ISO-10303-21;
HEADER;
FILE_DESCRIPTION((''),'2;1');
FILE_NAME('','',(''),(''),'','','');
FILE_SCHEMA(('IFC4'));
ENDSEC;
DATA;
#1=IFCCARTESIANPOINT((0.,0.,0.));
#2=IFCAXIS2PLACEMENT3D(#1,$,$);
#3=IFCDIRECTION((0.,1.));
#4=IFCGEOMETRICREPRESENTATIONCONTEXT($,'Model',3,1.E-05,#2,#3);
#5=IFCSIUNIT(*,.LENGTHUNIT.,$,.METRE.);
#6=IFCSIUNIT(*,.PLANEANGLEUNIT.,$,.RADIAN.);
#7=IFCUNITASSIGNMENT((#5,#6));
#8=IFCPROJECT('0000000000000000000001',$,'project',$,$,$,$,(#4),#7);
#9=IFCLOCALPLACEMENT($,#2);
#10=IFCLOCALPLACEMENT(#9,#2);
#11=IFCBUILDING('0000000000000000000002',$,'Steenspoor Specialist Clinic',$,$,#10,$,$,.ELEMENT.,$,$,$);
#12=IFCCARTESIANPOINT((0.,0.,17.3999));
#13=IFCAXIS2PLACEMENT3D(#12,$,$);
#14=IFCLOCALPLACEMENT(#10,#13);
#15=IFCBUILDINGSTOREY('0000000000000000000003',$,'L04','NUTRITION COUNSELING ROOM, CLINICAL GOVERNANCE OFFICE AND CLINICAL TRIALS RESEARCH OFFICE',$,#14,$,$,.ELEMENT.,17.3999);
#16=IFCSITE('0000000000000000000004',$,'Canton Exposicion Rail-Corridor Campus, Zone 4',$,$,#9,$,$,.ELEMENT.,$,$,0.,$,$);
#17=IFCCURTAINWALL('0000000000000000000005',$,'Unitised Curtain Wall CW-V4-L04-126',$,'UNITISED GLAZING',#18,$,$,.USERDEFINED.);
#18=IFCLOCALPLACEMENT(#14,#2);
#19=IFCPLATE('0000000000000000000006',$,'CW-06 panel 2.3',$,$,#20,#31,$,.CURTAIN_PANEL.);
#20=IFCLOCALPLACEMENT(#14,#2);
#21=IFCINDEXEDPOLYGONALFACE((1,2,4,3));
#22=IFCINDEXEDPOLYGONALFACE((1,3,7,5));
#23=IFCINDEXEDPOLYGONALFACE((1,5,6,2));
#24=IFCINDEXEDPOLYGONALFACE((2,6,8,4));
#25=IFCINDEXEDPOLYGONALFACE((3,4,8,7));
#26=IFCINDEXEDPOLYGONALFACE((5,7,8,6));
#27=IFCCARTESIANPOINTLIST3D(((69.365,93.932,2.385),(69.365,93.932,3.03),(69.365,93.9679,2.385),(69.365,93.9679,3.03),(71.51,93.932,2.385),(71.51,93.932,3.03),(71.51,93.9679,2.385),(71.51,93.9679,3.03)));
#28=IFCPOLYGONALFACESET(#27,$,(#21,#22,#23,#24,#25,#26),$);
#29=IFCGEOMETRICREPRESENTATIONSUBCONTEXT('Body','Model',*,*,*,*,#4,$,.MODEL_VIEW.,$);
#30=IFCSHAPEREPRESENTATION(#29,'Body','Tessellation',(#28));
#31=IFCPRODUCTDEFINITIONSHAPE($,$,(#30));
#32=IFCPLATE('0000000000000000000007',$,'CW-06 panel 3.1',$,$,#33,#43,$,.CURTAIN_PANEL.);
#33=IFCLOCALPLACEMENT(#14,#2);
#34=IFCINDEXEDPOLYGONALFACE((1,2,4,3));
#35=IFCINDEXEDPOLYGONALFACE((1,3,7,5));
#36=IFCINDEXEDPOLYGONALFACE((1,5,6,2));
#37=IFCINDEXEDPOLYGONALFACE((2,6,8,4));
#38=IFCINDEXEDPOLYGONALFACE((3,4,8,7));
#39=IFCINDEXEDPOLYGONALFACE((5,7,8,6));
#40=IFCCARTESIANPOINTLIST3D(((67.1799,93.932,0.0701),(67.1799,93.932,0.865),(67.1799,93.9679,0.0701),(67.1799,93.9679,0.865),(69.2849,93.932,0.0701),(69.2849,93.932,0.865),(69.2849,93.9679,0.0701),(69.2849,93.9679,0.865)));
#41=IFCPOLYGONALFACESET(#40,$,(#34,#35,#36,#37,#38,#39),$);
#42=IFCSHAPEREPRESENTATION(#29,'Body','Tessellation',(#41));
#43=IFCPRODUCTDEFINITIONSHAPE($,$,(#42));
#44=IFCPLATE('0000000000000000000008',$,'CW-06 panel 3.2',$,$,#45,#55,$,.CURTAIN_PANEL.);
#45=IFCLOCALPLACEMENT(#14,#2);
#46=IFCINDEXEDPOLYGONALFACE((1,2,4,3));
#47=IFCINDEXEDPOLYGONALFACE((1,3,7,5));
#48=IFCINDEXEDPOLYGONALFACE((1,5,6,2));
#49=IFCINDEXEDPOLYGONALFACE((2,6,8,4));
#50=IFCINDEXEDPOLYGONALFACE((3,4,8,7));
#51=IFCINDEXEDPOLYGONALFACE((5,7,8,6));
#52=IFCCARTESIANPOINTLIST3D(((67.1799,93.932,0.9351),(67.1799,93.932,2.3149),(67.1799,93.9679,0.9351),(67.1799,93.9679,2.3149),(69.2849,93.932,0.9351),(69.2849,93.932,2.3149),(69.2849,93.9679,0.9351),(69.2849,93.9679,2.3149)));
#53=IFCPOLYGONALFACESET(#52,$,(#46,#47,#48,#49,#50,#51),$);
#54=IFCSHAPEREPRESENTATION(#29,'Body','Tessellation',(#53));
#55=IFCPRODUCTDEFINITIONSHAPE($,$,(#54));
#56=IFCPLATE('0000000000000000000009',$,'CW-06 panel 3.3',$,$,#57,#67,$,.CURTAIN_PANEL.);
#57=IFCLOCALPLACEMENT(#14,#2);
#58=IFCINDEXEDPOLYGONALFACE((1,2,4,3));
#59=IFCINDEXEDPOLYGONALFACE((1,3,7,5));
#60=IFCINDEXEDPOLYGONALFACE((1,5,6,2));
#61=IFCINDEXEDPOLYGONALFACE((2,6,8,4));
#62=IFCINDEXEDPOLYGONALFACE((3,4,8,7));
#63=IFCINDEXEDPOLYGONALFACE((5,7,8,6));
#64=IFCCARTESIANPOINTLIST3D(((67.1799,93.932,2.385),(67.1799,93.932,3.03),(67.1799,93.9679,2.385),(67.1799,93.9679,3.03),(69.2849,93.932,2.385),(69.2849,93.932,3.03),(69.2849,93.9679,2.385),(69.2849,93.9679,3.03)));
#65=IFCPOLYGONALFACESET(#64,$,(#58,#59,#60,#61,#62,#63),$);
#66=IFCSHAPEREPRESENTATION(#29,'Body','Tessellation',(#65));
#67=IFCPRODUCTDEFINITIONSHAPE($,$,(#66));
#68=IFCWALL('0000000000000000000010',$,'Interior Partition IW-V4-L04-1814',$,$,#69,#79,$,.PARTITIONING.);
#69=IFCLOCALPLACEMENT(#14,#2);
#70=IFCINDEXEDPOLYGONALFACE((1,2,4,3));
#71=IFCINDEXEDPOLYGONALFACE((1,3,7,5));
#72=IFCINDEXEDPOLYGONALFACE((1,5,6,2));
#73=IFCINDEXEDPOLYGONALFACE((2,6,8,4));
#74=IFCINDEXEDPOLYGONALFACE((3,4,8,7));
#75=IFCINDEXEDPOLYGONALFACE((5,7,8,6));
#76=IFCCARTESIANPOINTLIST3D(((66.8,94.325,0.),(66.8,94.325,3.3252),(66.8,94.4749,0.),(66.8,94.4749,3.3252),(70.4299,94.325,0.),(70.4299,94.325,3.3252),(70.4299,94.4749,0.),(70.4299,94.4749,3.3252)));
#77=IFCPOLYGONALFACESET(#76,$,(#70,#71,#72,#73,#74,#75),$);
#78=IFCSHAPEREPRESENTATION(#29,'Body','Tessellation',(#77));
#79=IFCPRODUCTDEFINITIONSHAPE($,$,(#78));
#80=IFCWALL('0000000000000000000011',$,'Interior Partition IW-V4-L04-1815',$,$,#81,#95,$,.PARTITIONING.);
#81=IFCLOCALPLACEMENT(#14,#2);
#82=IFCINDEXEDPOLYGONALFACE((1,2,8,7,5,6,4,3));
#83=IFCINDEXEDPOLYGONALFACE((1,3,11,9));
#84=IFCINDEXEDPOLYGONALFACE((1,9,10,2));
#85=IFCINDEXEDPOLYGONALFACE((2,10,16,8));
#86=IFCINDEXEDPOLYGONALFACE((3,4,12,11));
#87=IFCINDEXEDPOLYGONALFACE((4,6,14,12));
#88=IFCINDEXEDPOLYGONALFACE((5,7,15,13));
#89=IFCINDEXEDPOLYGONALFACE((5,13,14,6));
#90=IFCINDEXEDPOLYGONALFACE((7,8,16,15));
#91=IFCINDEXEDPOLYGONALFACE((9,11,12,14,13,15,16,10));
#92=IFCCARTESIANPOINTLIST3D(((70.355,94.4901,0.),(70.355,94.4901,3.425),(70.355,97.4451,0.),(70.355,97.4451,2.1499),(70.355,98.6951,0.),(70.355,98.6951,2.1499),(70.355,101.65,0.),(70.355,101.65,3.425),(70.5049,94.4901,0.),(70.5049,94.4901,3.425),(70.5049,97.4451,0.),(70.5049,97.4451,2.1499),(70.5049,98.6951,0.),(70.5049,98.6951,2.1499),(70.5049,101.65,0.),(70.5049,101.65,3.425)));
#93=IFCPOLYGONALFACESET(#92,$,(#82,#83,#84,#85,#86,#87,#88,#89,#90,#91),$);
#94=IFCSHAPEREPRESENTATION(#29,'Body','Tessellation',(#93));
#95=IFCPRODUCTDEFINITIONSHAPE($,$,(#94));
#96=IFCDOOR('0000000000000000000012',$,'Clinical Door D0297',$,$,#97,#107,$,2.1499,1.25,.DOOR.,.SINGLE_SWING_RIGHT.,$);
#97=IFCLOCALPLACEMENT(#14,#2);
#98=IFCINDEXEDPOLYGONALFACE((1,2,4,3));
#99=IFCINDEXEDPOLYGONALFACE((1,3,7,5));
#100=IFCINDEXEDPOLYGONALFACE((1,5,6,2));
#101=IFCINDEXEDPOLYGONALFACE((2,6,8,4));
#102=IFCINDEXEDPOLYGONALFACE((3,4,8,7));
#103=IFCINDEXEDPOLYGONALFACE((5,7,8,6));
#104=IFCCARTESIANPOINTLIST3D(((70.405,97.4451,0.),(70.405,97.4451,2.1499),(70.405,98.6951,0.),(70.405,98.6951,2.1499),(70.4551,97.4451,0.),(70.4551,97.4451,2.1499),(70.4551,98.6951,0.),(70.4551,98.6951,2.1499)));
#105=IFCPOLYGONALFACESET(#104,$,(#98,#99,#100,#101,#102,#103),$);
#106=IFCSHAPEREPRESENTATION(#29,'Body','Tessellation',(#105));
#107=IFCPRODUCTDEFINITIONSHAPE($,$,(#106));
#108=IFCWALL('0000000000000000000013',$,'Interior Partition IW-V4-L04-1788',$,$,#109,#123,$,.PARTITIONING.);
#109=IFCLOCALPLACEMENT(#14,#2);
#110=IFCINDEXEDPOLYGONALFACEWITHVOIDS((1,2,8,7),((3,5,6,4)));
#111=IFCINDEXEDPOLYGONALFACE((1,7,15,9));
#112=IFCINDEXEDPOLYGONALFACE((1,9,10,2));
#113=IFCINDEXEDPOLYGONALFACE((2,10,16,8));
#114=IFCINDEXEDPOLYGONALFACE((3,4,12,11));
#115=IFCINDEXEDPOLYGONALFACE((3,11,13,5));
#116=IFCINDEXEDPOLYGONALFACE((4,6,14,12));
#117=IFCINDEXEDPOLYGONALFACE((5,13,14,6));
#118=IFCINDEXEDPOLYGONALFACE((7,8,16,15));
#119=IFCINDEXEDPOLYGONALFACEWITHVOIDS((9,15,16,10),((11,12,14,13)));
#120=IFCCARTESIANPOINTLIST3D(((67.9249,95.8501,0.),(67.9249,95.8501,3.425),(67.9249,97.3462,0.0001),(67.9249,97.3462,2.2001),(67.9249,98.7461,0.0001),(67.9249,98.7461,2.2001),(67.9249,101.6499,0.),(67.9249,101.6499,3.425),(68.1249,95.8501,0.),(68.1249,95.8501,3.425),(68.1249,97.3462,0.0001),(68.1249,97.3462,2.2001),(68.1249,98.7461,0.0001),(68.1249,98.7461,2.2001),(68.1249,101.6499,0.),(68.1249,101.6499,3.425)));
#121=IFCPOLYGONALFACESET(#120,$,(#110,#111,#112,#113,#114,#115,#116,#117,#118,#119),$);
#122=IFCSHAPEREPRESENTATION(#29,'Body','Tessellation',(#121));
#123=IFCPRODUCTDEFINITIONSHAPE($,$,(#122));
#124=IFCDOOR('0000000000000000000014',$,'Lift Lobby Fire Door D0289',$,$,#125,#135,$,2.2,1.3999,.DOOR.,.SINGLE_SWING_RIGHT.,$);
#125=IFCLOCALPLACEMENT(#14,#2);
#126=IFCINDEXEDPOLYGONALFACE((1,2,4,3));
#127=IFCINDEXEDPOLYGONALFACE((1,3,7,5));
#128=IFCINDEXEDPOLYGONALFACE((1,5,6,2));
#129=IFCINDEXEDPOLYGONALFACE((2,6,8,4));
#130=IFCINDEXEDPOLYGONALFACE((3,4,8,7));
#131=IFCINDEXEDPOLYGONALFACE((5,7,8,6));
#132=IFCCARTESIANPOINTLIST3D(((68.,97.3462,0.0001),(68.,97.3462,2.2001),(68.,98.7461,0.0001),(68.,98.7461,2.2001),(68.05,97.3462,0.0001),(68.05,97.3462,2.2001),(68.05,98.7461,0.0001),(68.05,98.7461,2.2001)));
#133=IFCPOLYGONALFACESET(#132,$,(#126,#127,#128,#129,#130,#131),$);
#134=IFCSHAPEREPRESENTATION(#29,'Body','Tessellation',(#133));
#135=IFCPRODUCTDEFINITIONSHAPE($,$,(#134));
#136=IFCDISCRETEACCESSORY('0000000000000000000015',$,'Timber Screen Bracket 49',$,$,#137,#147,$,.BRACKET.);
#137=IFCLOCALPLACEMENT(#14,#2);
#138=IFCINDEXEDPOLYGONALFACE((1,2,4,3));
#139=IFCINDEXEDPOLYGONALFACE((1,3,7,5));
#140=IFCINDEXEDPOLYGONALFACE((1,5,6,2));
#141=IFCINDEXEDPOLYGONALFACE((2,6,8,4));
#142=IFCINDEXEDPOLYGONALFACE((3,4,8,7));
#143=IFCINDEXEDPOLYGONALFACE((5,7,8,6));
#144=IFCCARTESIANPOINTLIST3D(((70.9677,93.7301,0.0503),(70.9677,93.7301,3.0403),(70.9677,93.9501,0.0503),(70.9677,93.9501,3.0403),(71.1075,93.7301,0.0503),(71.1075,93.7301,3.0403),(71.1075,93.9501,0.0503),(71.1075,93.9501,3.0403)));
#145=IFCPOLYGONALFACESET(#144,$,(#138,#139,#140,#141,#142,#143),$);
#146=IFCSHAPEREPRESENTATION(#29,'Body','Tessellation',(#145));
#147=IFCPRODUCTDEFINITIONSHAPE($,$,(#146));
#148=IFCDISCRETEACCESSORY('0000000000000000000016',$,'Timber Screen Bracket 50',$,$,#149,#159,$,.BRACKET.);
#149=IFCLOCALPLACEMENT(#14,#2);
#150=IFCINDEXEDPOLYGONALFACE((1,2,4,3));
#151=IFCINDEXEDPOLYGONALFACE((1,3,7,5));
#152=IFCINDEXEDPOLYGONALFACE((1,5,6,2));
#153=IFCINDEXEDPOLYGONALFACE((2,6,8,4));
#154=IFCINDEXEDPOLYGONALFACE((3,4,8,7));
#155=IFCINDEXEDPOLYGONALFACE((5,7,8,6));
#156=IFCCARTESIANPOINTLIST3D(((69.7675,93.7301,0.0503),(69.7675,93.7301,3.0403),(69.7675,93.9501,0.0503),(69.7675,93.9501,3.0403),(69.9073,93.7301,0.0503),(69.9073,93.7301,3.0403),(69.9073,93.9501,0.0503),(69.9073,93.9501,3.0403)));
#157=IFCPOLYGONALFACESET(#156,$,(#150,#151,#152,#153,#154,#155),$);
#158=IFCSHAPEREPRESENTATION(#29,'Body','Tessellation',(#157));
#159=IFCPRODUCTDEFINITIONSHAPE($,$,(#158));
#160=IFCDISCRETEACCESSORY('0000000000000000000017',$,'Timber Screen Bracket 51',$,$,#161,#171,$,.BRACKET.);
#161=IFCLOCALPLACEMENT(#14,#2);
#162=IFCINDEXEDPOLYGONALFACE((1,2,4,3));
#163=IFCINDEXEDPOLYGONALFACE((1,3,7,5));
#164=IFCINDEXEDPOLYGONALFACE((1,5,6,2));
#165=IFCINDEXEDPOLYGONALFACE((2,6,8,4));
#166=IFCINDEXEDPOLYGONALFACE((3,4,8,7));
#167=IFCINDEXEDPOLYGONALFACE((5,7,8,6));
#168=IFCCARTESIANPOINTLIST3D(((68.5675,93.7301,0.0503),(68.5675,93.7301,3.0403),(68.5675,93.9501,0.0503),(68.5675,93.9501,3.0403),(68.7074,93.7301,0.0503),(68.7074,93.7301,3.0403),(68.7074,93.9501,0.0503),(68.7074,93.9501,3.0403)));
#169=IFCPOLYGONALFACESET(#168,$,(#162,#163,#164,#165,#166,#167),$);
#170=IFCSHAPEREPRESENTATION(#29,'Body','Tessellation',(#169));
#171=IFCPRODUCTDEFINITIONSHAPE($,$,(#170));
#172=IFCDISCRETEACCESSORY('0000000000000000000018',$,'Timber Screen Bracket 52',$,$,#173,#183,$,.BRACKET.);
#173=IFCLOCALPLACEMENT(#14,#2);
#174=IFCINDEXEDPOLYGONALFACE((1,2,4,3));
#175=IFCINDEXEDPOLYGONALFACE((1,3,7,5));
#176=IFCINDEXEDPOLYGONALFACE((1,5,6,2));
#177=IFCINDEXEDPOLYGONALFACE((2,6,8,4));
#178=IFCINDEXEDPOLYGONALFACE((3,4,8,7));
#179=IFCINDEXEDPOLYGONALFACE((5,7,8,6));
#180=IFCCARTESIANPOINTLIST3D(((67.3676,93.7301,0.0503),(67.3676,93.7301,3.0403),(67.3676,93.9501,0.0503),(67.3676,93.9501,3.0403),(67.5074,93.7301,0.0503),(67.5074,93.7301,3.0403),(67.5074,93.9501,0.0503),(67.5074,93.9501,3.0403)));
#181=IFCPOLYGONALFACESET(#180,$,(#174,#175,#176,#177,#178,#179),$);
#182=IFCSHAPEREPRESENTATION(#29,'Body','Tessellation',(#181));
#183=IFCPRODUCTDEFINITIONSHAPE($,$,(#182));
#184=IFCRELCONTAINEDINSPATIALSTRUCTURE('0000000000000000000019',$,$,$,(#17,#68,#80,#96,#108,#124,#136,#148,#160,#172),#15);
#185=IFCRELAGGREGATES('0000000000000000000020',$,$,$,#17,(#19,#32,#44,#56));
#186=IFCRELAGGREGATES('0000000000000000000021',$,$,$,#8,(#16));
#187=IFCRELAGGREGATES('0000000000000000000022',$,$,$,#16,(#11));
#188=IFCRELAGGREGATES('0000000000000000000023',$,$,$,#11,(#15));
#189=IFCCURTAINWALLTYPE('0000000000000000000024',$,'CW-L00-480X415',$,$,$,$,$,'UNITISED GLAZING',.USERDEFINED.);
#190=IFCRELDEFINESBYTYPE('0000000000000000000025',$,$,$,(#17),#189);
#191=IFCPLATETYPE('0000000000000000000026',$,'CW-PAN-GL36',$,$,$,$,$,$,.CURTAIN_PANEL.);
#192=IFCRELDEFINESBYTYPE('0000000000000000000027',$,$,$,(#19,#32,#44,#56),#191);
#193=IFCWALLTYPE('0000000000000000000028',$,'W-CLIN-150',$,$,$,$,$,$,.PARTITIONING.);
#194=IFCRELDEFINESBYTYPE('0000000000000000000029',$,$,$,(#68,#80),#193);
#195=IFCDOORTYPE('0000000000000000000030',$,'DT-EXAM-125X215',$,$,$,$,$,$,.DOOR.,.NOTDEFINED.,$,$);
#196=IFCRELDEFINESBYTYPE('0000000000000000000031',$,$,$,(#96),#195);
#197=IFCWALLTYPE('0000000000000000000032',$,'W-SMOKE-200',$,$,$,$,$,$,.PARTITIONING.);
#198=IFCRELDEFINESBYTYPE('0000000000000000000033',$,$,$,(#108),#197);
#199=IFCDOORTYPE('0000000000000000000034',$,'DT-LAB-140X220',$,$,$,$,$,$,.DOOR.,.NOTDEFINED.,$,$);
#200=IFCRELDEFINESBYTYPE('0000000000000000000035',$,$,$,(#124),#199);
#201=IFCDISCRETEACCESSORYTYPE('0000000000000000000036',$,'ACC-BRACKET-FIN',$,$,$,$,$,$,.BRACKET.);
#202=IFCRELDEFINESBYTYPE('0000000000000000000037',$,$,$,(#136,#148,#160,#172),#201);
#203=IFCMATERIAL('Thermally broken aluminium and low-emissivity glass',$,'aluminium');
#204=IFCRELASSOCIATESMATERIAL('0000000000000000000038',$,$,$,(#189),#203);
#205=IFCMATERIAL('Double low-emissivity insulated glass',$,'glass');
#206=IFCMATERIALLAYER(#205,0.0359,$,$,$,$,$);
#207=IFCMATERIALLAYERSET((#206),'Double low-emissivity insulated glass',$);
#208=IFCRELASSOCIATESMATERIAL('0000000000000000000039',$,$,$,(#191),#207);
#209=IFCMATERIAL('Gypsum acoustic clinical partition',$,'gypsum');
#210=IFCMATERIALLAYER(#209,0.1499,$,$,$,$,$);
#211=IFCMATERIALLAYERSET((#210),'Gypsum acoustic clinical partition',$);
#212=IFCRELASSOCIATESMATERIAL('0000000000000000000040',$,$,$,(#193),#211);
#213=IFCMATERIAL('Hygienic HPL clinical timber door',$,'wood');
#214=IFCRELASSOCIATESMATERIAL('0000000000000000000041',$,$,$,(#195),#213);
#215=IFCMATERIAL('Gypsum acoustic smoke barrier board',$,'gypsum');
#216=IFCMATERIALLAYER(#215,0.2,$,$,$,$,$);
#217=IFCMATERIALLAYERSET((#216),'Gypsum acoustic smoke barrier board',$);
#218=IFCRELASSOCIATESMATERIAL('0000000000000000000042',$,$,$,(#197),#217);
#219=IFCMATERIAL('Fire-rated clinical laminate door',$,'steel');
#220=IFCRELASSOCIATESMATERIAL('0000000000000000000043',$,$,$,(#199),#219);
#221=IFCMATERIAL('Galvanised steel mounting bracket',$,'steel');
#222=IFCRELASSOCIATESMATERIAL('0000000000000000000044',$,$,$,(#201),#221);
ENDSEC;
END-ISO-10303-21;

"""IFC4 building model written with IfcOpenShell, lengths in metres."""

from ifc_helpers import new_model, si_unit, direction, frame, frame_2d, origin, origin_2d, place, context, subcontext, project, spatial, rectangle, extrude, material, layer, layer_set, type_object, element, fill, aggregate, save


model = new_model("IFC4")

# Units and contexts
model_context = context("Model", 3, precision=1e-05, world=origin(), true_north=direction((0.0, 1.0)))
body_context = subcontext(model_context, "Body", "Model", "MODEL_VIEW")
ifc_project = project(units=[si_unit("LENGTHUNIT", "METRE"), si_unit("PLANEANGLEUNIT", "RADIAN")], contexts=[model_context])

# Site, building, storey
site_placement = place(None, origin())
site = spatial("IfcSite", under=ifc_project, at=site_placement, Name="Canton Exposicion Rail-Corridor Campus, Zone 4", CompositionType="ELEMENT", RefElevation=0.0)
building_placement = place(site_placement, origin())
building = spatial("IfcBuilding", under=site, at=building_placement, Name="Steenspoor Specialist Clinic", CompositionType="ELEMENT")
storey_placement = place(building_placement, frame((0.0, 0.0, 17.3999)))
storey = spatial("IfcBuildingStorey", under=building, at=storey_placement, Name="L04", Description="NUTRITION COUNSELING ROOM, CLINICAL GOVERNANCE OFFICE AND CLINICAL TRIALS RESEARCH OFFICE", CompositionType="ELEMENT", Elevation=17.3999)

# Curtain wall
ifc_material_1 = material(Name="Thermally broken aluminium and low-emissivity glass", Category="aluminium")
curtain_wall_type = type_object("IfcCurtainWallType", Name="CW-L00-480X415", ElementType="UNITISED GLAZING", PredefinedType="USERDEFINED", material=ifc_material_1)
curtain_wall_placement = place(storey_placement, origin())
curtain_wall = element("IfcCurtainWall", 1, at=curtain_wall_placement, inside=storey, type_object=curtain_wall_type, Name="Unitised Curtain Wall CW-V4-L04-126", ObjectType="UNITISED GLAZING", PredefinedType="USERDEFINED")

# Plates
ifc_material_2 = material(Name="Double low-emissivity insulated glass", Category="glass")
ifc_layer_1 = layer(ifc_material_2, 0.0359)
ifc_layer_set_1 = layer_set([ifc_layer_1], Name="Double low-emissivity insulated glass")
plate_type = type_object("IfcPlateType", Name="CW-PAN-GL36", PredefinedType="CURTAIN_PANEL", material=ifc_layer_set_1)
plate_1_placement = place(storey_placement, frame((70.4375, 93.95, 2.385), z_axis=(0.0, 0.0, 1.0), x_axis=(-1.0, 0.0, 0.0)))
plate_1 = element("IfcPlate", 2, at=plate_1_placement, type_object=plate_type, Name="CW-06 panel 2.3", PredefinedType="CURTAIN_PANEL", context=body_context, shape_type="SweptSolid", body=[
    extrude(rectangle(XDim=2.145, YDim=0.0359, at=origin_2d()), origin(), (0.0, 0.0, 1.0), 0.645),
])
plate_2_placement = place(storey_placement, frame((68.2324, 93.95, 0.0701), z_axis=(0.0, 0.0, 1.0), x_axis=(-1.0, 0.0, 0.0)))
plate_2 = element("IfcPlate", 3, at=plate_2_placement, type_object=plate_type, Name="CW-06 panel 3.1", PredefinedType="CURTAIN_PANEL", context=body_context, shape_type="SweptSolid", body=[
    extrude(rectangle(XDim=2.105, YDim=0.0359, at=origin_2d()), origin(), (0.0, 0.0, 1.0), 0.7949),
])
plate_3_placement = place(storey_placement, frame((68.2324, 93.95, 0.9351), z_axis=(0.0, 0.0, 1.0), x_axis=(-1.0, 0.0, 0.0)))
plate_3 = element("IfcPlate", 4, at=plate_3_placement, type_object=plate_type, Name="CW-06 panel 3.2", PredefinedType="CURTAIN_PANEL", context=body_context, shape_type="SweptSolid", body=[
    extrude(rectangle(XDim=2.105, YDim=0.0359, at=origin_2d()), origin(), (0.0, 0.0, 1.0), 1.3799),
])
plate_4_placement = place(storey_placement, frame((68.2324, 93.95, 2.385), z_axis=(0.0, 0.0, 1.0), x_axis=(-1.0, 0.0, 0.0)))
plate_4 = element("IfcPlate", 5, at=plate_4_placement, type_object=plate_type, Name="CW-06 panel 3.3", PredefinedType="CURTAIN_PANEL", context=body_context, shape_type="SweptSolid", body=[
    extrude(rectangle(XDim=2.105, YDim=0.0359, at=origin_2d()), origin(), (0.0, 0.0, 1.0), 0.645),
])
aggregate(curtain_wall, [plate_1, plate_2, plate_3, plate_4])

# Wall
ifc_material_3 = material(Name="Gypsum acoustic clinical partition", Category="gypsum")
ifc_layer_2 = layer(ifc_material_3, 0.1499)
ifc_layer_set_2 = layer_set([ifc_layer_2], Name="Gypsum acoustic clinical partition")
wall_type_1 = type_object("IfcWallType", Name="W-CLIN-150", PredefinedType="PARTITIONING", material=ifc_layer_set_2)
wall_1_placement = place(storey_placement, frame((66.8, 94.3999, 0.0), z_axis=(0.0, 0.0, 1.0), x_axis=(1.0, 0.0, 0.0)))
element("IfcWall", 6, at=wall_1_placement, inside=storey, type_object=wall_type_1, Name="Interior Partition IW-V4-L04-1814", PredefinedType="PARTITIONING", context=body_context, shape_type="SweptSolid", body=[
    extrude(rectangle(XDim=3.6299, YDim=0.1499, at=frame_2d((1.8149, 0.0))), origin(), (0.0, 0.0, 1.0), 3.3252),
])

# Walls, openings, doors
wall_2_placement = place(storey_placement, frame((70.4299, 94.49, 0.0), z_axis=(0.0, 0.0, 1.0), x_axis=(0.0, 1.0, 0.0)))
wall_2 = element("IfcWall", 7, at=wall_2_placement, inside=storey, type_object=wall_type_1, Name="Interior Partition IW-V4-L04-1815", PredefinedType="PARTITIONING", context=body_context, shape_type="SweptSolid", body=[
    extrude(rectangle(XDim=7.1599, YDim=0.1499, at=frame_2d((3.5801, 0.0))), origin(), (0.0, 0.0, 1.0), 3.425),
])
opening_1_placement = place(wall_2_placement, frame((2.9551, 0.0, 0.0)))
opening_1 = element("IfcOpeningElement", 8, at=opening_1_placement, cuts=wall_2, PredefinedType="OPENING", context=body_context, shape_type="SweptSolid", body=[
    extrude(rectangle(XDim=1.25, YDim=2.1499, at=frame_2d((0.625, 1.075))), frame((0.0, 0.085, 0.0), z_axis=(0.0, -1.0, 0.0), x_axis=(1.0, 0.0, 0.0)), (0.0, 0.0, 1.0), 0.1699),
])
ifc_material_4 = material(Name="Hygienic HPL clinical timber door", Category="wood")
door_type_1 = type_object("IfcDoorType", Name="DT-EXAM-125X215", OperationType="NOTDEFINED", PredefinedType="DOOR", material=ifc_material_4)
door_1_placement = place(opening_1_placement, origin())
door_1 = element("IfcDoor", 9, at=door_1_placement, inside=storey, type_object=door_type_1, Name="Clinical Door D0297", OperationType="SINGLE_SWING_RIGHT", OverallHeight=2.1499, OverallWidth=1.25, PredefinedType="DOOR", context=body_context, shape_type="SweptSolid", body=[
    extrude(rectangle(XDim=1.25, YDim=2.1499, at=frame_2d((0.625, 1.075))), frame((0.0, 0.0249, 0.0), z_axis=(0.0, -1.0, 0.0), x_axis=(1.0, 0.0, 0.0)), (0.0, 0.0, 1.0), 0.05),
])
fill(opening_1, door_1)
ifc_material_5 = material(Name="Gypsum acoustic smoke barrier board", Category="gypsum")
ifc_layer_3 = layer(ifc_material_5, 0.2)
ifc_layer_set_3 = layer_set([ifc_layer_3], Name="Gypsum acoustic smoke barrier board")
wall_type_2 = type_object("IfcWallType", Name="W-SMOKE-200", PredefinedType="PARTITIONING", material=ifc_layer_set_3)
wall_3_placement = place(storey_placement, frame((68.0249, 95.8501, 0.0), z_axis=(0.0, 0.0, 1.0), x_axis=(0.0, 1.0, 0.0)))
wall_3 = element("IfcWall", 10, at=wall_3_placement, inside=storey, type_object=wall_type_2, Name="Interior Partition IW-V4-L04-1788", PredefinedType="PARTITIONING", context=body_context, shape_type="SweptSolid", body=[
    extrude(rectangle(XDim=5.7998, YDim=0.2, at=frame_2d((2.8999, 0.0))), origin(), (0.0, 0.0, 1.0), 3.425),
])
opening_2_placement = place(wall_3_placement, frame((1.4961, 0.0, 0.0)))
opening_2 = element("IfcOpeningElement", 11, at=opening_2_placement, cuts=wall_3, PredefinedType="OPENING", context=body_context, shape_type="SweptSolid", body=[
    extrude(rectangle(XDim=1.3999, YDim=2.2, at=frame_2d((0.7, 1.1001))), frame((0.0, 0.1099, 0.0), z_axis=(0.0, -1.0, 0.0), x_axis=(1.0, 0.0, 0.0)), (0.0, 0.0, 1.0), 0.22),
])
ifc_material_6 = material(Name="Fire-rated clinical laminate door", Category="steel")
door_type_2 = type_object("IfcDoorType", Name="DT-LAB-140X220", OperationType="NOTDEFINED", PredefinedType="DOOR", material=ifc_material_6)
door_2_placement = place(opening_2_placement, origin())
door_2 = element("IfcDoor", 12, at=door_2_placement, inside=storey, type_object=door_type_2, Name="Lift Lobby Fire Door D0289", OperationType="SINGLE_SWING_RIGHT", OverallHeight=2.2, OverallWidth=1.3999, PredefinedType="DOOR", context=body_context, shape_type="SweptSolid", body=[
    extrude(rectangle(XDim=1.3999, YDim=2.2, at=frame_2d((0.7, 1.1001))), frame((0.0, 0.0249, 0.0), z_axis=(0.0, -1.0, 0.0), x_axis=(1.0, 0.0, 0.0)), (0.0, 0.0, 1.0), 0.05),
])
fill(opening_2, door_2)

# Discrete accessories
ifc_material_7 = material(Name="Galvanised steel mounting bracket", Category="steel")
discrete_accessory_type = type_object("IfcDiscreteAccessoryType", Name="ACC-BRACKET-FIN", PredefinedType="BRACKET", material=ifc_material_7)
for number, where, z_axis, x_axis, name in (
    (13, (71.0376, 93.8401, 0.0503), (0.0, 0.0, 1.0), (0.0, -1.0, 0.0), "Timber Screen Bracket 49"),
    (14, (69.8374, 93.8401, 0.0503), (0.0, 0.0, 1.0), (0.0, -1.0, 0.0), "Timber Screen Bracket 50"),
    (15, (68.6375, 93.8401, 0.0503), (0.0, 0.0, 1.0), (0.0, -1.0, 0.0), "Timber Screen Bracket 51"),
    (16, (67.4375, 93.8401, 0.0503), (0.0, 0.0, 1.0), (0.0, -1.0, 0.0), "Timber Screen Bracket 52"),
):
    element("IfcDiscreteAccessory", number, at=place(storey_placement, frame(where, z_axis=z_axis, x_axis=x_axis)), inside=storey, type_object=discrete_accessory_type, Name=name, PredefinedType="BRACKET", context=body_context, shape_type="SweptSolid", body=[
        extrude(rectangle(XDim=0.22, YDim=0.1399, at=origin_2d()), origin(), (0.0, 0.0, 1.0), 2.99),
    ])

save(model, "model.ifc")
